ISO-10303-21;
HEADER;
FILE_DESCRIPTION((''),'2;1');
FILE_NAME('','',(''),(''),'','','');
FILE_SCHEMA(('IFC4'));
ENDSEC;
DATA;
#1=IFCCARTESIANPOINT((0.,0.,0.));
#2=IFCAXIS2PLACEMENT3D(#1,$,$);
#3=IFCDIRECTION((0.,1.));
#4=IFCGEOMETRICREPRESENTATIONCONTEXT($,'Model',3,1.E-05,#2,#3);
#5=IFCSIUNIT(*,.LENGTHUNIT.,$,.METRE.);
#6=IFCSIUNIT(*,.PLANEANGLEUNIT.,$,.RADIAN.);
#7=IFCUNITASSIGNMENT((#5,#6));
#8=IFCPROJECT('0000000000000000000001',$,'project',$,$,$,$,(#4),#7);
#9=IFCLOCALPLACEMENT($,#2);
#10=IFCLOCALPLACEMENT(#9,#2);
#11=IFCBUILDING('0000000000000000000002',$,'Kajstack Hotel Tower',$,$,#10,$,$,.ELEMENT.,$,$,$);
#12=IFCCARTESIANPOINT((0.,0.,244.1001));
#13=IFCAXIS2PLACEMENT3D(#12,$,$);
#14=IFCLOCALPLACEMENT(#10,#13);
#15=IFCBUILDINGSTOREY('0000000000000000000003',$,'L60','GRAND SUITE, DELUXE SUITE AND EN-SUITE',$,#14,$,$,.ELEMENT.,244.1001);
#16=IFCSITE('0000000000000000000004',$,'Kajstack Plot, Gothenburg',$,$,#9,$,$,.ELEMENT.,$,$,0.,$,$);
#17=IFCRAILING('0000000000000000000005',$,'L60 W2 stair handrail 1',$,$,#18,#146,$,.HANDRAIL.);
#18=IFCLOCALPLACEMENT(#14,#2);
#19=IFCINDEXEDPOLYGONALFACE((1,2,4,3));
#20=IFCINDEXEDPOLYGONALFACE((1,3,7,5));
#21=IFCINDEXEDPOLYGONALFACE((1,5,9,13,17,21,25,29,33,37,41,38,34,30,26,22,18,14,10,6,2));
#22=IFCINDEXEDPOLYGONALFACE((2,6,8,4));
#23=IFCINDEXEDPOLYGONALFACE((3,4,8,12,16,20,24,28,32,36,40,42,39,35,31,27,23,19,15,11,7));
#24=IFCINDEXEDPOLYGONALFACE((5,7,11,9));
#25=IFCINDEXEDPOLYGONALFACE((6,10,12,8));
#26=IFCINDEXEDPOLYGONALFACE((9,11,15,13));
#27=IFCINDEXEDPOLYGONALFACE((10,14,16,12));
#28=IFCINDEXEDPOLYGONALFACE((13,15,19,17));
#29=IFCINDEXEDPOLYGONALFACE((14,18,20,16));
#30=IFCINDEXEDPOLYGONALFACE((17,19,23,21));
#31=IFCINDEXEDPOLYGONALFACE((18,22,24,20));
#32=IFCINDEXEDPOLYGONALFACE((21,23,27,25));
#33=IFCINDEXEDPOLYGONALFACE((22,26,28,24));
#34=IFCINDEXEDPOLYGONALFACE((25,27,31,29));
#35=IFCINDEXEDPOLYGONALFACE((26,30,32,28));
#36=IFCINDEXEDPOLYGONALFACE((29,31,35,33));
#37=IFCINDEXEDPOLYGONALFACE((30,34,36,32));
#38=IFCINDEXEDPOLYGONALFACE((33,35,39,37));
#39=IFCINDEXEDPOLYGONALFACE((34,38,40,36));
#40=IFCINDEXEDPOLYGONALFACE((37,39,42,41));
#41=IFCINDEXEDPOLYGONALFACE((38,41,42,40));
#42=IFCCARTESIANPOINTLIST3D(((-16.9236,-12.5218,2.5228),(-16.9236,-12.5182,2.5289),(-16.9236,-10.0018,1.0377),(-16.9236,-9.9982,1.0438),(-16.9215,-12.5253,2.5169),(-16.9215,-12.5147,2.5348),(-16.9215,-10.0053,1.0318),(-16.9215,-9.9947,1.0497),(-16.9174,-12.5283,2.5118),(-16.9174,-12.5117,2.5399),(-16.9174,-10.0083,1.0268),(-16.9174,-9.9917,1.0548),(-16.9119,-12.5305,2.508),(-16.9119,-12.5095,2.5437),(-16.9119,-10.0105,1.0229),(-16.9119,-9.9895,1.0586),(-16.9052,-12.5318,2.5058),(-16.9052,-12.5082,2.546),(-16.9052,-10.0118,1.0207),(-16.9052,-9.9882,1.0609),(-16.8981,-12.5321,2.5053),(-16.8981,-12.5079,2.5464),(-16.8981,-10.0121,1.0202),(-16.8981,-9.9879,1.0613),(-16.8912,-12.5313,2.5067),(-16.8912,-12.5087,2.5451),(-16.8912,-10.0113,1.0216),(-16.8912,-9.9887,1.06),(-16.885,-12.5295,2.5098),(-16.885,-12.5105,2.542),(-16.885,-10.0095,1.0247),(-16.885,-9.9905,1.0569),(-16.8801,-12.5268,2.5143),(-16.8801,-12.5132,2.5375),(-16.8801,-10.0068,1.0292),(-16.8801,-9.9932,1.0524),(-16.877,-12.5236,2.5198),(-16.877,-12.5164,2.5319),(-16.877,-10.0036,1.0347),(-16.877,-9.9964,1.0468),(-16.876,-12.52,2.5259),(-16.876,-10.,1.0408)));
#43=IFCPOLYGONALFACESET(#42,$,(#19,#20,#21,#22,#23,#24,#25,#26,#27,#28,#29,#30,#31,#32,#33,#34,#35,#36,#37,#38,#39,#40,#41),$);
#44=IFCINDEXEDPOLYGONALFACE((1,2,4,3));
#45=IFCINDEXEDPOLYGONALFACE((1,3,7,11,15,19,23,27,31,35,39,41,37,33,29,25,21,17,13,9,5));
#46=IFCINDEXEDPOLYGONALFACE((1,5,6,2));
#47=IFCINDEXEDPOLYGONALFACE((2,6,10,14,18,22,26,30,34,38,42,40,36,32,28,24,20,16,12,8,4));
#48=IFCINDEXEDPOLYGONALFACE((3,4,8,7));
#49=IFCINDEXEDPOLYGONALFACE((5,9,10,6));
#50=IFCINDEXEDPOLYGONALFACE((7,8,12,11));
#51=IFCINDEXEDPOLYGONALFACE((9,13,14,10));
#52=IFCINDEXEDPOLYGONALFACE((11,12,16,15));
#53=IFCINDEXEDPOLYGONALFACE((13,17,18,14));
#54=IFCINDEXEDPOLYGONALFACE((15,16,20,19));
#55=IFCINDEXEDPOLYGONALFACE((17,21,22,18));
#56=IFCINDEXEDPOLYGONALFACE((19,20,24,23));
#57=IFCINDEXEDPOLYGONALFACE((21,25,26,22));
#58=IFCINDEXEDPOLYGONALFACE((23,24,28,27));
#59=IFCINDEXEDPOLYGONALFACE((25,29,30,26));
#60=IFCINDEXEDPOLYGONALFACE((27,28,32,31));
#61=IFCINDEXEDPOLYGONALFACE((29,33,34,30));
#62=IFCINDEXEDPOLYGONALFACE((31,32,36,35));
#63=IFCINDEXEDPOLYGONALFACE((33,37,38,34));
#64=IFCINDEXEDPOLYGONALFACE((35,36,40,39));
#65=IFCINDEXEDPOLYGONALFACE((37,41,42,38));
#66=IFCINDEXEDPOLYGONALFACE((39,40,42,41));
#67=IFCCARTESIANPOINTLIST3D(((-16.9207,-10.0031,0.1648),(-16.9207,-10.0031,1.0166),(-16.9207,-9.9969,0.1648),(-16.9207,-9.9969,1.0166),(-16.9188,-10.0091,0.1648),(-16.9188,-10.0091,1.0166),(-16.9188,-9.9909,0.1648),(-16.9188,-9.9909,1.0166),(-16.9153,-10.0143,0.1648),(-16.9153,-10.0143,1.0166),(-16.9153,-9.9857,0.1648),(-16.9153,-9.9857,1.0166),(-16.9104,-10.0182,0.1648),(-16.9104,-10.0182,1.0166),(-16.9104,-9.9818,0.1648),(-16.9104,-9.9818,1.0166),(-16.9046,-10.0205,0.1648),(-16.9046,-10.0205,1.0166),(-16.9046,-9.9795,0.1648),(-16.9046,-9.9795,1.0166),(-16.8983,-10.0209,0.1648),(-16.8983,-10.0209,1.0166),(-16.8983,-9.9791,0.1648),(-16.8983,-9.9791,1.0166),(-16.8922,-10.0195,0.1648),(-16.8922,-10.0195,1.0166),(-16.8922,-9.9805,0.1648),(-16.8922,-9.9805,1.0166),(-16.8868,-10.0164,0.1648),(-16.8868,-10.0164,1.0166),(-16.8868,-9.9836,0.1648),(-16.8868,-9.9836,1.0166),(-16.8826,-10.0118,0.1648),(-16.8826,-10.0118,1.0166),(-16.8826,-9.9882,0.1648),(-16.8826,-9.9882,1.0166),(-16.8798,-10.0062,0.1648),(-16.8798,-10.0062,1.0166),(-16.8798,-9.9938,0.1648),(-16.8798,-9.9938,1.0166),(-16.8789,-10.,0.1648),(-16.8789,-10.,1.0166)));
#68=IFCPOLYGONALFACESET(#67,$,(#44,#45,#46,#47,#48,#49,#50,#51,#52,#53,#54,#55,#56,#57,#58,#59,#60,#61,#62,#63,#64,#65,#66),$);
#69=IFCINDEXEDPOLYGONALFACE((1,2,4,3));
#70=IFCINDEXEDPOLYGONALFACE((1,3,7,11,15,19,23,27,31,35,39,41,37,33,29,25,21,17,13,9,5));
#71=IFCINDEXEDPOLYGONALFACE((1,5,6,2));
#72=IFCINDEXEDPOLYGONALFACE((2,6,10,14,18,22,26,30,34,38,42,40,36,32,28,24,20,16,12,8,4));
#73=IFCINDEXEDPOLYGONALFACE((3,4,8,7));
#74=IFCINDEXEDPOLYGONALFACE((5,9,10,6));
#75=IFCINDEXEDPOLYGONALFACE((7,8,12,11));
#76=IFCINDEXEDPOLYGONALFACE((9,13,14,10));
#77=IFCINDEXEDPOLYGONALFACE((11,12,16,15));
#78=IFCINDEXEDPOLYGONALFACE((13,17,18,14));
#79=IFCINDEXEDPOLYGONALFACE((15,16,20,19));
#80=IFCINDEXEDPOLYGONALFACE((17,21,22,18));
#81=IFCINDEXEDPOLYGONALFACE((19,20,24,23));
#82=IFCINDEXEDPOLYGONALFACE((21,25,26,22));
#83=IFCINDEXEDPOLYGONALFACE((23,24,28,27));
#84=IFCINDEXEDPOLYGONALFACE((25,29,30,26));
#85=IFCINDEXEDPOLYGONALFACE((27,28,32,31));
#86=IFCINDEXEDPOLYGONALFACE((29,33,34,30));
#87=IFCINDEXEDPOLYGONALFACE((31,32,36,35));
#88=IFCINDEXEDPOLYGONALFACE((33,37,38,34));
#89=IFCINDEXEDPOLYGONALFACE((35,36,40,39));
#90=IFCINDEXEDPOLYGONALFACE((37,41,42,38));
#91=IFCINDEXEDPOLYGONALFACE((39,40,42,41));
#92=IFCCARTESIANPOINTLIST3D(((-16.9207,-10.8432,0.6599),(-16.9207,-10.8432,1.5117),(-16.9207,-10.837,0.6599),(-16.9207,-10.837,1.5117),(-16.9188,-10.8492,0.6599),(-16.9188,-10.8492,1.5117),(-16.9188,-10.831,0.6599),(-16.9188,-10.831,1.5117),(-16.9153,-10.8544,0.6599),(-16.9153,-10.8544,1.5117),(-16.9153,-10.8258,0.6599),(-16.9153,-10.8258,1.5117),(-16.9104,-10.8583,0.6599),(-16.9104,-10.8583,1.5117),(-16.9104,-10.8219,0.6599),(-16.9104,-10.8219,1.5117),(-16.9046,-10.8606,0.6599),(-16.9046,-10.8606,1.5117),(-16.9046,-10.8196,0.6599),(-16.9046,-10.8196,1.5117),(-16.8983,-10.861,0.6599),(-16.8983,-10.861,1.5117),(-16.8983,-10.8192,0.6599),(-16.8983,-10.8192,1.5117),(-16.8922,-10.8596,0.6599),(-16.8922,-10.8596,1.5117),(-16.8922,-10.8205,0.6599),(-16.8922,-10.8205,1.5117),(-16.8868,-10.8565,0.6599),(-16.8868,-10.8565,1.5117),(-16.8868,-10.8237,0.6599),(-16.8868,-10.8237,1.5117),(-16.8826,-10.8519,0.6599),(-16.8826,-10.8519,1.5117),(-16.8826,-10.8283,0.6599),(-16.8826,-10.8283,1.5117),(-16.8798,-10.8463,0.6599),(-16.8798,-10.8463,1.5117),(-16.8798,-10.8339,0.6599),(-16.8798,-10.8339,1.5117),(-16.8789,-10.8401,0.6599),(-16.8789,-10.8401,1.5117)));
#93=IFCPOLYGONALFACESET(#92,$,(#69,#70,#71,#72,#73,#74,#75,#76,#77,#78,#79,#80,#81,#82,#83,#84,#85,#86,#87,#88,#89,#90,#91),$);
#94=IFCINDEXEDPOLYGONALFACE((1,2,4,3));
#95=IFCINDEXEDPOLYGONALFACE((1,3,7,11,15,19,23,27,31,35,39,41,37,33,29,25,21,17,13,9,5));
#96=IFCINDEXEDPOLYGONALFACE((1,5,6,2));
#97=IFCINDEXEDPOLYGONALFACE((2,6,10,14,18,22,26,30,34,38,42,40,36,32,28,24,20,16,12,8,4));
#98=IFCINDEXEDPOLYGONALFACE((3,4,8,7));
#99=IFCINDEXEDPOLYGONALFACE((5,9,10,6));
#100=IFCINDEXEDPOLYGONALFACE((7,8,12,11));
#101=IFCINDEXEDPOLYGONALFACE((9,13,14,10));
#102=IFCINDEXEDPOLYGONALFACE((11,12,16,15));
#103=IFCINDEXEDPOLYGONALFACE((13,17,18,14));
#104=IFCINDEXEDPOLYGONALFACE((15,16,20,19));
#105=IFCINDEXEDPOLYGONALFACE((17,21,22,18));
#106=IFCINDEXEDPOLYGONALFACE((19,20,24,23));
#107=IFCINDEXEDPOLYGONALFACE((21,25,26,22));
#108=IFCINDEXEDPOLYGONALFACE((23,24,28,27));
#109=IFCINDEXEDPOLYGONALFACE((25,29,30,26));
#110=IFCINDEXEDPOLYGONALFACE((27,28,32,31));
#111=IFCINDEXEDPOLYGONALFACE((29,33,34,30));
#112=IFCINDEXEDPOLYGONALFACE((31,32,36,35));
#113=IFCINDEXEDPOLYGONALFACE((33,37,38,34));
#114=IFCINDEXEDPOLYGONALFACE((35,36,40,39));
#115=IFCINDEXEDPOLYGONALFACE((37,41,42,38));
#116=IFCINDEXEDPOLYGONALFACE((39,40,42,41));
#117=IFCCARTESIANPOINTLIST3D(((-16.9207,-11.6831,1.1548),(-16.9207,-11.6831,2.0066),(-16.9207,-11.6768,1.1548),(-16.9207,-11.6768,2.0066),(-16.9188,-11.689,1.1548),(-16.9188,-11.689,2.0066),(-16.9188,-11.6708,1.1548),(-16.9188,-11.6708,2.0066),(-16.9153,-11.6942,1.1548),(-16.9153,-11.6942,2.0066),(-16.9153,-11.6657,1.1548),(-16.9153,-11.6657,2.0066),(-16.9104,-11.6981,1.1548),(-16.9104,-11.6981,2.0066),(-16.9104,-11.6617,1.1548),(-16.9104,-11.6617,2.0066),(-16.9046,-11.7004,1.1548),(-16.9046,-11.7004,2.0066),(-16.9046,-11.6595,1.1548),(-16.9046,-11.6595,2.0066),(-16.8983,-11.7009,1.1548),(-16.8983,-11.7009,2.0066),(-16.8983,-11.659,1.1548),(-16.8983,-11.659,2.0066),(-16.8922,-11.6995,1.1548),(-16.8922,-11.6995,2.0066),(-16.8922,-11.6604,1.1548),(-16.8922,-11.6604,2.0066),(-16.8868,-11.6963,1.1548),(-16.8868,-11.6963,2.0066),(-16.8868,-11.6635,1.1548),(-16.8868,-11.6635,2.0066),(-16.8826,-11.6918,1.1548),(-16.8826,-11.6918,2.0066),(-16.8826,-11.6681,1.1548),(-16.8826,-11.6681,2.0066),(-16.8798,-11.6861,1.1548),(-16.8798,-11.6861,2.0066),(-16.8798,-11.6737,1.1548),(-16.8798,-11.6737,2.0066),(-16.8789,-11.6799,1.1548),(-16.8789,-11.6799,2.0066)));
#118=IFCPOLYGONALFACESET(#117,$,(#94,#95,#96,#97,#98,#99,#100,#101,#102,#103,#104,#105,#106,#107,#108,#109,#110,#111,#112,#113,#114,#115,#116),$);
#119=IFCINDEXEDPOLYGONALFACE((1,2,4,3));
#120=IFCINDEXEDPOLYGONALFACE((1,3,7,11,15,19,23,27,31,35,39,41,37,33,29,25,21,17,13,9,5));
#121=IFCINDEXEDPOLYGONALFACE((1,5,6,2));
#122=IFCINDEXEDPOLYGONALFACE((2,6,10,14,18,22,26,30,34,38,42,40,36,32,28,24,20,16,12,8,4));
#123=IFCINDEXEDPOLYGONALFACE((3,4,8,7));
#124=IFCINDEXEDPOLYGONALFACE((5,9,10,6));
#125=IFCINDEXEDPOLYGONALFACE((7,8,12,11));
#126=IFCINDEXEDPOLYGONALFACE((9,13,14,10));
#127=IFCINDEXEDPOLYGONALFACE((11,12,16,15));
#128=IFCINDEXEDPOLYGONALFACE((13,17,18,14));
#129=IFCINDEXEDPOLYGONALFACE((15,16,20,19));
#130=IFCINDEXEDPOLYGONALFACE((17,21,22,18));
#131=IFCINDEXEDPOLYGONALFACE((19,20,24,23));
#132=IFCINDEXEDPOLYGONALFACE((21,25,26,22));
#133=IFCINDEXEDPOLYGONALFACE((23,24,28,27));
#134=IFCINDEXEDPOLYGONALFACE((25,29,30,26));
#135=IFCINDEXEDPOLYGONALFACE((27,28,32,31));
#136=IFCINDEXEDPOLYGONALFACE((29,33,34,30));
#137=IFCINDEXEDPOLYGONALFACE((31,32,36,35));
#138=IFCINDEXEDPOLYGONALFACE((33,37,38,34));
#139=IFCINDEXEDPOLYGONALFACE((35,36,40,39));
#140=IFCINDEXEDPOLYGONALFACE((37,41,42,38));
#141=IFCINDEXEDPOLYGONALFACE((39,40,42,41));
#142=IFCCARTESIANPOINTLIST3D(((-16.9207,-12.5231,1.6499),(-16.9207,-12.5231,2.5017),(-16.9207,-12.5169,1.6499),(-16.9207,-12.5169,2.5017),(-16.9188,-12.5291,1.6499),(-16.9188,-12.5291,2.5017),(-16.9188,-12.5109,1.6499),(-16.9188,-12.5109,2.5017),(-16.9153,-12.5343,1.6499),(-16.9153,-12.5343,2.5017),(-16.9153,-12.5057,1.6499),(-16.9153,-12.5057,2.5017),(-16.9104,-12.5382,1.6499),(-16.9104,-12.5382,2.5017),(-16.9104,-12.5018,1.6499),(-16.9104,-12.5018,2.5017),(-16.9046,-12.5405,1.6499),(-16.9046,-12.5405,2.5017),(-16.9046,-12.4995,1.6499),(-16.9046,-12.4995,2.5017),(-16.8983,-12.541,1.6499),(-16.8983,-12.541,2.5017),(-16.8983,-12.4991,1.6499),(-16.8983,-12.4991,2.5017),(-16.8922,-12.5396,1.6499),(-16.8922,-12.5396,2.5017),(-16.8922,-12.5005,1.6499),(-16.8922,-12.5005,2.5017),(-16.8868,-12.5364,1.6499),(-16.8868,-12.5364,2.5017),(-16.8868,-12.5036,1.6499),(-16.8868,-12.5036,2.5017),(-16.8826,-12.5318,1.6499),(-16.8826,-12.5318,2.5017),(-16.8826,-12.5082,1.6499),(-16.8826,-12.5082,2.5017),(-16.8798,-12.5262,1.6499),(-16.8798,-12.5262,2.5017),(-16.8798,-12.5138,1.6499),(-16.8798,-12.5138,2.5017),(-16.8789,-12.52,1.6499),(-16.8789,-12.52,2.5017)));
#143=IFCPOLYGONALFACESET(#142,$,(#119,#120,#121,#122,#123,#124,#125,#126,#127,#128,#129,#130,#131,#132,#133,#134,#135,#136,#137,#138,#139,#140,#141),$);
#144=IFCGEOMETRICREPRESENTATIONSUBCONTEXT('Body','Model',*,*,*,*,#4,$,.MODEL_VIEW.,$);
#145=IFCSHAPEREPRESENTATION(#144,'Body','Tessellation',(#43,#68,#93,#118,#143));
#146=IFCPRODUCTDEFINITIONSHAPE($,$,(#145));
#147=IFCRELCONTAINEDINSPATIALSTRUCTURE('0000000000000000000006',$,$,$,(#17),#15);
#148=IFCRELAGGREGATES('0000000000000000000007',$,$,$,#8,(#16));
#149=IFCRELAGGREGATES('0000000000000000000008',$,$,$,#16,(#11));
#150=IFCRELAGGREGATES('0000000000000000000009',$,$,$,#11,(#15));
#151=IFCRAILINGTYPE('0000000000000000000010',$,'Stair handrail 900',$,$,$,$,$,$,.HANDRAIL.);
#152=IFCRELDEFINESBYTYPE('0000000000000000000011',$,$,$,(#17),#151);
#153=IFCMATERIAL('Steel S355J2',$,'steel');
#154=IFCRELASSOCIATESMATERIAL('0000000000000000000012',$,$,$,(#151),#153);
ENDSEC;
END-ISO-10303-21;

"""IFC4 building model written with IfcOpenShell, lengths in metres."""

from ifc_helpers import new_model, si_unit, direction, frame, origin, origin_2d, place, context, subcontext, project, spatial, circle, extrude, material, type_object, element, save


model = new_model("IFC4")

# Units and contexts
model_context = context("Model", 3, precision=1e-05, world=origin(), true_north=direction((0.0, 1.0)))
body_context = subcontext(model_context, "Body", "Model", "MODEL_VIEW")
ifc_project = project(units=[si_unit("LENGTHUNIT", "METRE"), si_unit("PLANEANGLEUNIT", "RADIAN")], contexts=[model_context])

# Site, building, storey
site_placement = place(None, origin())
site = spatial("IfcSite", under=ifc_project, at=site_placement, Name="Kajstack Plot, Gothenburg", CompositionType="ELEMENT", RefElevation=0.0)
building_placement = place(site_placement, origin())
building = spatial("IfcBuilding", under=site, at=building_placement, Name="Kajstack Hotel Tower", CompositionType="ELEMENT")
storey_placement = place(building_placement, frame((0.0, 0.0, 244.1001)))
storey = spatial("IfcBuildingStorey", under=building, at=storey_placement, Name="L60", Description="GRAND SUITE, DELUXE SUITE AND EN-SUITE", CompositionType="ELEMENT", Elevation=244.1001)

# Railing
ifc_material_1 = material(Name="Steel S355J2", Category="steel")
railing_type = type_object("IfcRailingType", Name="Stair handrail 900", PredefinedType="HANDRAIL", material=ifc_material_1)
railing_1_placement = place(storey_placement, frame((-16.8999, -10.0, 0.1648)))
element("IfcRailing", 1, at=railing_1_placement, inside=storey, type_object=railing_type, Name="L60 W2 stair handrail 1", PredefinedType="HANDRAIL", context=body_context, shape_type="SweptSolid", body=[
    extrude(circle(Radius=0.0239, at=origin_2d()), frame((0.0, 0.0, 0.876), z_axis=(0.0, -0.861524, 0.507717), x_axis=(1.0, 0.0, 0.0)), (0.0, 0.0, 1.0), 2.925),
    extrude(circle(Radius=0.021, at=origin_2d()), origin(), (0.0, 0.0, 1.0), 0.8518),
    extrude(circle(Radius=0.021, at=origin_2d()), frame((0.0, -0.8401, 0.4951)), (0.0, 0.0, 1.0), 0.8518),
    extrude(circle(Radius=0.021, at=origin_2d()), frame((0.0, -1.6799, 0.99)), (0.0, 0.0, 1.0), 0.8518),
    extrude(circle(Radius=0.021, at=origin_2d()), frame((0.0, -2.52, 1.4851)), (0.0, 0.0, 1.0), 0.8518),
])

save(model, "model.ifc")
